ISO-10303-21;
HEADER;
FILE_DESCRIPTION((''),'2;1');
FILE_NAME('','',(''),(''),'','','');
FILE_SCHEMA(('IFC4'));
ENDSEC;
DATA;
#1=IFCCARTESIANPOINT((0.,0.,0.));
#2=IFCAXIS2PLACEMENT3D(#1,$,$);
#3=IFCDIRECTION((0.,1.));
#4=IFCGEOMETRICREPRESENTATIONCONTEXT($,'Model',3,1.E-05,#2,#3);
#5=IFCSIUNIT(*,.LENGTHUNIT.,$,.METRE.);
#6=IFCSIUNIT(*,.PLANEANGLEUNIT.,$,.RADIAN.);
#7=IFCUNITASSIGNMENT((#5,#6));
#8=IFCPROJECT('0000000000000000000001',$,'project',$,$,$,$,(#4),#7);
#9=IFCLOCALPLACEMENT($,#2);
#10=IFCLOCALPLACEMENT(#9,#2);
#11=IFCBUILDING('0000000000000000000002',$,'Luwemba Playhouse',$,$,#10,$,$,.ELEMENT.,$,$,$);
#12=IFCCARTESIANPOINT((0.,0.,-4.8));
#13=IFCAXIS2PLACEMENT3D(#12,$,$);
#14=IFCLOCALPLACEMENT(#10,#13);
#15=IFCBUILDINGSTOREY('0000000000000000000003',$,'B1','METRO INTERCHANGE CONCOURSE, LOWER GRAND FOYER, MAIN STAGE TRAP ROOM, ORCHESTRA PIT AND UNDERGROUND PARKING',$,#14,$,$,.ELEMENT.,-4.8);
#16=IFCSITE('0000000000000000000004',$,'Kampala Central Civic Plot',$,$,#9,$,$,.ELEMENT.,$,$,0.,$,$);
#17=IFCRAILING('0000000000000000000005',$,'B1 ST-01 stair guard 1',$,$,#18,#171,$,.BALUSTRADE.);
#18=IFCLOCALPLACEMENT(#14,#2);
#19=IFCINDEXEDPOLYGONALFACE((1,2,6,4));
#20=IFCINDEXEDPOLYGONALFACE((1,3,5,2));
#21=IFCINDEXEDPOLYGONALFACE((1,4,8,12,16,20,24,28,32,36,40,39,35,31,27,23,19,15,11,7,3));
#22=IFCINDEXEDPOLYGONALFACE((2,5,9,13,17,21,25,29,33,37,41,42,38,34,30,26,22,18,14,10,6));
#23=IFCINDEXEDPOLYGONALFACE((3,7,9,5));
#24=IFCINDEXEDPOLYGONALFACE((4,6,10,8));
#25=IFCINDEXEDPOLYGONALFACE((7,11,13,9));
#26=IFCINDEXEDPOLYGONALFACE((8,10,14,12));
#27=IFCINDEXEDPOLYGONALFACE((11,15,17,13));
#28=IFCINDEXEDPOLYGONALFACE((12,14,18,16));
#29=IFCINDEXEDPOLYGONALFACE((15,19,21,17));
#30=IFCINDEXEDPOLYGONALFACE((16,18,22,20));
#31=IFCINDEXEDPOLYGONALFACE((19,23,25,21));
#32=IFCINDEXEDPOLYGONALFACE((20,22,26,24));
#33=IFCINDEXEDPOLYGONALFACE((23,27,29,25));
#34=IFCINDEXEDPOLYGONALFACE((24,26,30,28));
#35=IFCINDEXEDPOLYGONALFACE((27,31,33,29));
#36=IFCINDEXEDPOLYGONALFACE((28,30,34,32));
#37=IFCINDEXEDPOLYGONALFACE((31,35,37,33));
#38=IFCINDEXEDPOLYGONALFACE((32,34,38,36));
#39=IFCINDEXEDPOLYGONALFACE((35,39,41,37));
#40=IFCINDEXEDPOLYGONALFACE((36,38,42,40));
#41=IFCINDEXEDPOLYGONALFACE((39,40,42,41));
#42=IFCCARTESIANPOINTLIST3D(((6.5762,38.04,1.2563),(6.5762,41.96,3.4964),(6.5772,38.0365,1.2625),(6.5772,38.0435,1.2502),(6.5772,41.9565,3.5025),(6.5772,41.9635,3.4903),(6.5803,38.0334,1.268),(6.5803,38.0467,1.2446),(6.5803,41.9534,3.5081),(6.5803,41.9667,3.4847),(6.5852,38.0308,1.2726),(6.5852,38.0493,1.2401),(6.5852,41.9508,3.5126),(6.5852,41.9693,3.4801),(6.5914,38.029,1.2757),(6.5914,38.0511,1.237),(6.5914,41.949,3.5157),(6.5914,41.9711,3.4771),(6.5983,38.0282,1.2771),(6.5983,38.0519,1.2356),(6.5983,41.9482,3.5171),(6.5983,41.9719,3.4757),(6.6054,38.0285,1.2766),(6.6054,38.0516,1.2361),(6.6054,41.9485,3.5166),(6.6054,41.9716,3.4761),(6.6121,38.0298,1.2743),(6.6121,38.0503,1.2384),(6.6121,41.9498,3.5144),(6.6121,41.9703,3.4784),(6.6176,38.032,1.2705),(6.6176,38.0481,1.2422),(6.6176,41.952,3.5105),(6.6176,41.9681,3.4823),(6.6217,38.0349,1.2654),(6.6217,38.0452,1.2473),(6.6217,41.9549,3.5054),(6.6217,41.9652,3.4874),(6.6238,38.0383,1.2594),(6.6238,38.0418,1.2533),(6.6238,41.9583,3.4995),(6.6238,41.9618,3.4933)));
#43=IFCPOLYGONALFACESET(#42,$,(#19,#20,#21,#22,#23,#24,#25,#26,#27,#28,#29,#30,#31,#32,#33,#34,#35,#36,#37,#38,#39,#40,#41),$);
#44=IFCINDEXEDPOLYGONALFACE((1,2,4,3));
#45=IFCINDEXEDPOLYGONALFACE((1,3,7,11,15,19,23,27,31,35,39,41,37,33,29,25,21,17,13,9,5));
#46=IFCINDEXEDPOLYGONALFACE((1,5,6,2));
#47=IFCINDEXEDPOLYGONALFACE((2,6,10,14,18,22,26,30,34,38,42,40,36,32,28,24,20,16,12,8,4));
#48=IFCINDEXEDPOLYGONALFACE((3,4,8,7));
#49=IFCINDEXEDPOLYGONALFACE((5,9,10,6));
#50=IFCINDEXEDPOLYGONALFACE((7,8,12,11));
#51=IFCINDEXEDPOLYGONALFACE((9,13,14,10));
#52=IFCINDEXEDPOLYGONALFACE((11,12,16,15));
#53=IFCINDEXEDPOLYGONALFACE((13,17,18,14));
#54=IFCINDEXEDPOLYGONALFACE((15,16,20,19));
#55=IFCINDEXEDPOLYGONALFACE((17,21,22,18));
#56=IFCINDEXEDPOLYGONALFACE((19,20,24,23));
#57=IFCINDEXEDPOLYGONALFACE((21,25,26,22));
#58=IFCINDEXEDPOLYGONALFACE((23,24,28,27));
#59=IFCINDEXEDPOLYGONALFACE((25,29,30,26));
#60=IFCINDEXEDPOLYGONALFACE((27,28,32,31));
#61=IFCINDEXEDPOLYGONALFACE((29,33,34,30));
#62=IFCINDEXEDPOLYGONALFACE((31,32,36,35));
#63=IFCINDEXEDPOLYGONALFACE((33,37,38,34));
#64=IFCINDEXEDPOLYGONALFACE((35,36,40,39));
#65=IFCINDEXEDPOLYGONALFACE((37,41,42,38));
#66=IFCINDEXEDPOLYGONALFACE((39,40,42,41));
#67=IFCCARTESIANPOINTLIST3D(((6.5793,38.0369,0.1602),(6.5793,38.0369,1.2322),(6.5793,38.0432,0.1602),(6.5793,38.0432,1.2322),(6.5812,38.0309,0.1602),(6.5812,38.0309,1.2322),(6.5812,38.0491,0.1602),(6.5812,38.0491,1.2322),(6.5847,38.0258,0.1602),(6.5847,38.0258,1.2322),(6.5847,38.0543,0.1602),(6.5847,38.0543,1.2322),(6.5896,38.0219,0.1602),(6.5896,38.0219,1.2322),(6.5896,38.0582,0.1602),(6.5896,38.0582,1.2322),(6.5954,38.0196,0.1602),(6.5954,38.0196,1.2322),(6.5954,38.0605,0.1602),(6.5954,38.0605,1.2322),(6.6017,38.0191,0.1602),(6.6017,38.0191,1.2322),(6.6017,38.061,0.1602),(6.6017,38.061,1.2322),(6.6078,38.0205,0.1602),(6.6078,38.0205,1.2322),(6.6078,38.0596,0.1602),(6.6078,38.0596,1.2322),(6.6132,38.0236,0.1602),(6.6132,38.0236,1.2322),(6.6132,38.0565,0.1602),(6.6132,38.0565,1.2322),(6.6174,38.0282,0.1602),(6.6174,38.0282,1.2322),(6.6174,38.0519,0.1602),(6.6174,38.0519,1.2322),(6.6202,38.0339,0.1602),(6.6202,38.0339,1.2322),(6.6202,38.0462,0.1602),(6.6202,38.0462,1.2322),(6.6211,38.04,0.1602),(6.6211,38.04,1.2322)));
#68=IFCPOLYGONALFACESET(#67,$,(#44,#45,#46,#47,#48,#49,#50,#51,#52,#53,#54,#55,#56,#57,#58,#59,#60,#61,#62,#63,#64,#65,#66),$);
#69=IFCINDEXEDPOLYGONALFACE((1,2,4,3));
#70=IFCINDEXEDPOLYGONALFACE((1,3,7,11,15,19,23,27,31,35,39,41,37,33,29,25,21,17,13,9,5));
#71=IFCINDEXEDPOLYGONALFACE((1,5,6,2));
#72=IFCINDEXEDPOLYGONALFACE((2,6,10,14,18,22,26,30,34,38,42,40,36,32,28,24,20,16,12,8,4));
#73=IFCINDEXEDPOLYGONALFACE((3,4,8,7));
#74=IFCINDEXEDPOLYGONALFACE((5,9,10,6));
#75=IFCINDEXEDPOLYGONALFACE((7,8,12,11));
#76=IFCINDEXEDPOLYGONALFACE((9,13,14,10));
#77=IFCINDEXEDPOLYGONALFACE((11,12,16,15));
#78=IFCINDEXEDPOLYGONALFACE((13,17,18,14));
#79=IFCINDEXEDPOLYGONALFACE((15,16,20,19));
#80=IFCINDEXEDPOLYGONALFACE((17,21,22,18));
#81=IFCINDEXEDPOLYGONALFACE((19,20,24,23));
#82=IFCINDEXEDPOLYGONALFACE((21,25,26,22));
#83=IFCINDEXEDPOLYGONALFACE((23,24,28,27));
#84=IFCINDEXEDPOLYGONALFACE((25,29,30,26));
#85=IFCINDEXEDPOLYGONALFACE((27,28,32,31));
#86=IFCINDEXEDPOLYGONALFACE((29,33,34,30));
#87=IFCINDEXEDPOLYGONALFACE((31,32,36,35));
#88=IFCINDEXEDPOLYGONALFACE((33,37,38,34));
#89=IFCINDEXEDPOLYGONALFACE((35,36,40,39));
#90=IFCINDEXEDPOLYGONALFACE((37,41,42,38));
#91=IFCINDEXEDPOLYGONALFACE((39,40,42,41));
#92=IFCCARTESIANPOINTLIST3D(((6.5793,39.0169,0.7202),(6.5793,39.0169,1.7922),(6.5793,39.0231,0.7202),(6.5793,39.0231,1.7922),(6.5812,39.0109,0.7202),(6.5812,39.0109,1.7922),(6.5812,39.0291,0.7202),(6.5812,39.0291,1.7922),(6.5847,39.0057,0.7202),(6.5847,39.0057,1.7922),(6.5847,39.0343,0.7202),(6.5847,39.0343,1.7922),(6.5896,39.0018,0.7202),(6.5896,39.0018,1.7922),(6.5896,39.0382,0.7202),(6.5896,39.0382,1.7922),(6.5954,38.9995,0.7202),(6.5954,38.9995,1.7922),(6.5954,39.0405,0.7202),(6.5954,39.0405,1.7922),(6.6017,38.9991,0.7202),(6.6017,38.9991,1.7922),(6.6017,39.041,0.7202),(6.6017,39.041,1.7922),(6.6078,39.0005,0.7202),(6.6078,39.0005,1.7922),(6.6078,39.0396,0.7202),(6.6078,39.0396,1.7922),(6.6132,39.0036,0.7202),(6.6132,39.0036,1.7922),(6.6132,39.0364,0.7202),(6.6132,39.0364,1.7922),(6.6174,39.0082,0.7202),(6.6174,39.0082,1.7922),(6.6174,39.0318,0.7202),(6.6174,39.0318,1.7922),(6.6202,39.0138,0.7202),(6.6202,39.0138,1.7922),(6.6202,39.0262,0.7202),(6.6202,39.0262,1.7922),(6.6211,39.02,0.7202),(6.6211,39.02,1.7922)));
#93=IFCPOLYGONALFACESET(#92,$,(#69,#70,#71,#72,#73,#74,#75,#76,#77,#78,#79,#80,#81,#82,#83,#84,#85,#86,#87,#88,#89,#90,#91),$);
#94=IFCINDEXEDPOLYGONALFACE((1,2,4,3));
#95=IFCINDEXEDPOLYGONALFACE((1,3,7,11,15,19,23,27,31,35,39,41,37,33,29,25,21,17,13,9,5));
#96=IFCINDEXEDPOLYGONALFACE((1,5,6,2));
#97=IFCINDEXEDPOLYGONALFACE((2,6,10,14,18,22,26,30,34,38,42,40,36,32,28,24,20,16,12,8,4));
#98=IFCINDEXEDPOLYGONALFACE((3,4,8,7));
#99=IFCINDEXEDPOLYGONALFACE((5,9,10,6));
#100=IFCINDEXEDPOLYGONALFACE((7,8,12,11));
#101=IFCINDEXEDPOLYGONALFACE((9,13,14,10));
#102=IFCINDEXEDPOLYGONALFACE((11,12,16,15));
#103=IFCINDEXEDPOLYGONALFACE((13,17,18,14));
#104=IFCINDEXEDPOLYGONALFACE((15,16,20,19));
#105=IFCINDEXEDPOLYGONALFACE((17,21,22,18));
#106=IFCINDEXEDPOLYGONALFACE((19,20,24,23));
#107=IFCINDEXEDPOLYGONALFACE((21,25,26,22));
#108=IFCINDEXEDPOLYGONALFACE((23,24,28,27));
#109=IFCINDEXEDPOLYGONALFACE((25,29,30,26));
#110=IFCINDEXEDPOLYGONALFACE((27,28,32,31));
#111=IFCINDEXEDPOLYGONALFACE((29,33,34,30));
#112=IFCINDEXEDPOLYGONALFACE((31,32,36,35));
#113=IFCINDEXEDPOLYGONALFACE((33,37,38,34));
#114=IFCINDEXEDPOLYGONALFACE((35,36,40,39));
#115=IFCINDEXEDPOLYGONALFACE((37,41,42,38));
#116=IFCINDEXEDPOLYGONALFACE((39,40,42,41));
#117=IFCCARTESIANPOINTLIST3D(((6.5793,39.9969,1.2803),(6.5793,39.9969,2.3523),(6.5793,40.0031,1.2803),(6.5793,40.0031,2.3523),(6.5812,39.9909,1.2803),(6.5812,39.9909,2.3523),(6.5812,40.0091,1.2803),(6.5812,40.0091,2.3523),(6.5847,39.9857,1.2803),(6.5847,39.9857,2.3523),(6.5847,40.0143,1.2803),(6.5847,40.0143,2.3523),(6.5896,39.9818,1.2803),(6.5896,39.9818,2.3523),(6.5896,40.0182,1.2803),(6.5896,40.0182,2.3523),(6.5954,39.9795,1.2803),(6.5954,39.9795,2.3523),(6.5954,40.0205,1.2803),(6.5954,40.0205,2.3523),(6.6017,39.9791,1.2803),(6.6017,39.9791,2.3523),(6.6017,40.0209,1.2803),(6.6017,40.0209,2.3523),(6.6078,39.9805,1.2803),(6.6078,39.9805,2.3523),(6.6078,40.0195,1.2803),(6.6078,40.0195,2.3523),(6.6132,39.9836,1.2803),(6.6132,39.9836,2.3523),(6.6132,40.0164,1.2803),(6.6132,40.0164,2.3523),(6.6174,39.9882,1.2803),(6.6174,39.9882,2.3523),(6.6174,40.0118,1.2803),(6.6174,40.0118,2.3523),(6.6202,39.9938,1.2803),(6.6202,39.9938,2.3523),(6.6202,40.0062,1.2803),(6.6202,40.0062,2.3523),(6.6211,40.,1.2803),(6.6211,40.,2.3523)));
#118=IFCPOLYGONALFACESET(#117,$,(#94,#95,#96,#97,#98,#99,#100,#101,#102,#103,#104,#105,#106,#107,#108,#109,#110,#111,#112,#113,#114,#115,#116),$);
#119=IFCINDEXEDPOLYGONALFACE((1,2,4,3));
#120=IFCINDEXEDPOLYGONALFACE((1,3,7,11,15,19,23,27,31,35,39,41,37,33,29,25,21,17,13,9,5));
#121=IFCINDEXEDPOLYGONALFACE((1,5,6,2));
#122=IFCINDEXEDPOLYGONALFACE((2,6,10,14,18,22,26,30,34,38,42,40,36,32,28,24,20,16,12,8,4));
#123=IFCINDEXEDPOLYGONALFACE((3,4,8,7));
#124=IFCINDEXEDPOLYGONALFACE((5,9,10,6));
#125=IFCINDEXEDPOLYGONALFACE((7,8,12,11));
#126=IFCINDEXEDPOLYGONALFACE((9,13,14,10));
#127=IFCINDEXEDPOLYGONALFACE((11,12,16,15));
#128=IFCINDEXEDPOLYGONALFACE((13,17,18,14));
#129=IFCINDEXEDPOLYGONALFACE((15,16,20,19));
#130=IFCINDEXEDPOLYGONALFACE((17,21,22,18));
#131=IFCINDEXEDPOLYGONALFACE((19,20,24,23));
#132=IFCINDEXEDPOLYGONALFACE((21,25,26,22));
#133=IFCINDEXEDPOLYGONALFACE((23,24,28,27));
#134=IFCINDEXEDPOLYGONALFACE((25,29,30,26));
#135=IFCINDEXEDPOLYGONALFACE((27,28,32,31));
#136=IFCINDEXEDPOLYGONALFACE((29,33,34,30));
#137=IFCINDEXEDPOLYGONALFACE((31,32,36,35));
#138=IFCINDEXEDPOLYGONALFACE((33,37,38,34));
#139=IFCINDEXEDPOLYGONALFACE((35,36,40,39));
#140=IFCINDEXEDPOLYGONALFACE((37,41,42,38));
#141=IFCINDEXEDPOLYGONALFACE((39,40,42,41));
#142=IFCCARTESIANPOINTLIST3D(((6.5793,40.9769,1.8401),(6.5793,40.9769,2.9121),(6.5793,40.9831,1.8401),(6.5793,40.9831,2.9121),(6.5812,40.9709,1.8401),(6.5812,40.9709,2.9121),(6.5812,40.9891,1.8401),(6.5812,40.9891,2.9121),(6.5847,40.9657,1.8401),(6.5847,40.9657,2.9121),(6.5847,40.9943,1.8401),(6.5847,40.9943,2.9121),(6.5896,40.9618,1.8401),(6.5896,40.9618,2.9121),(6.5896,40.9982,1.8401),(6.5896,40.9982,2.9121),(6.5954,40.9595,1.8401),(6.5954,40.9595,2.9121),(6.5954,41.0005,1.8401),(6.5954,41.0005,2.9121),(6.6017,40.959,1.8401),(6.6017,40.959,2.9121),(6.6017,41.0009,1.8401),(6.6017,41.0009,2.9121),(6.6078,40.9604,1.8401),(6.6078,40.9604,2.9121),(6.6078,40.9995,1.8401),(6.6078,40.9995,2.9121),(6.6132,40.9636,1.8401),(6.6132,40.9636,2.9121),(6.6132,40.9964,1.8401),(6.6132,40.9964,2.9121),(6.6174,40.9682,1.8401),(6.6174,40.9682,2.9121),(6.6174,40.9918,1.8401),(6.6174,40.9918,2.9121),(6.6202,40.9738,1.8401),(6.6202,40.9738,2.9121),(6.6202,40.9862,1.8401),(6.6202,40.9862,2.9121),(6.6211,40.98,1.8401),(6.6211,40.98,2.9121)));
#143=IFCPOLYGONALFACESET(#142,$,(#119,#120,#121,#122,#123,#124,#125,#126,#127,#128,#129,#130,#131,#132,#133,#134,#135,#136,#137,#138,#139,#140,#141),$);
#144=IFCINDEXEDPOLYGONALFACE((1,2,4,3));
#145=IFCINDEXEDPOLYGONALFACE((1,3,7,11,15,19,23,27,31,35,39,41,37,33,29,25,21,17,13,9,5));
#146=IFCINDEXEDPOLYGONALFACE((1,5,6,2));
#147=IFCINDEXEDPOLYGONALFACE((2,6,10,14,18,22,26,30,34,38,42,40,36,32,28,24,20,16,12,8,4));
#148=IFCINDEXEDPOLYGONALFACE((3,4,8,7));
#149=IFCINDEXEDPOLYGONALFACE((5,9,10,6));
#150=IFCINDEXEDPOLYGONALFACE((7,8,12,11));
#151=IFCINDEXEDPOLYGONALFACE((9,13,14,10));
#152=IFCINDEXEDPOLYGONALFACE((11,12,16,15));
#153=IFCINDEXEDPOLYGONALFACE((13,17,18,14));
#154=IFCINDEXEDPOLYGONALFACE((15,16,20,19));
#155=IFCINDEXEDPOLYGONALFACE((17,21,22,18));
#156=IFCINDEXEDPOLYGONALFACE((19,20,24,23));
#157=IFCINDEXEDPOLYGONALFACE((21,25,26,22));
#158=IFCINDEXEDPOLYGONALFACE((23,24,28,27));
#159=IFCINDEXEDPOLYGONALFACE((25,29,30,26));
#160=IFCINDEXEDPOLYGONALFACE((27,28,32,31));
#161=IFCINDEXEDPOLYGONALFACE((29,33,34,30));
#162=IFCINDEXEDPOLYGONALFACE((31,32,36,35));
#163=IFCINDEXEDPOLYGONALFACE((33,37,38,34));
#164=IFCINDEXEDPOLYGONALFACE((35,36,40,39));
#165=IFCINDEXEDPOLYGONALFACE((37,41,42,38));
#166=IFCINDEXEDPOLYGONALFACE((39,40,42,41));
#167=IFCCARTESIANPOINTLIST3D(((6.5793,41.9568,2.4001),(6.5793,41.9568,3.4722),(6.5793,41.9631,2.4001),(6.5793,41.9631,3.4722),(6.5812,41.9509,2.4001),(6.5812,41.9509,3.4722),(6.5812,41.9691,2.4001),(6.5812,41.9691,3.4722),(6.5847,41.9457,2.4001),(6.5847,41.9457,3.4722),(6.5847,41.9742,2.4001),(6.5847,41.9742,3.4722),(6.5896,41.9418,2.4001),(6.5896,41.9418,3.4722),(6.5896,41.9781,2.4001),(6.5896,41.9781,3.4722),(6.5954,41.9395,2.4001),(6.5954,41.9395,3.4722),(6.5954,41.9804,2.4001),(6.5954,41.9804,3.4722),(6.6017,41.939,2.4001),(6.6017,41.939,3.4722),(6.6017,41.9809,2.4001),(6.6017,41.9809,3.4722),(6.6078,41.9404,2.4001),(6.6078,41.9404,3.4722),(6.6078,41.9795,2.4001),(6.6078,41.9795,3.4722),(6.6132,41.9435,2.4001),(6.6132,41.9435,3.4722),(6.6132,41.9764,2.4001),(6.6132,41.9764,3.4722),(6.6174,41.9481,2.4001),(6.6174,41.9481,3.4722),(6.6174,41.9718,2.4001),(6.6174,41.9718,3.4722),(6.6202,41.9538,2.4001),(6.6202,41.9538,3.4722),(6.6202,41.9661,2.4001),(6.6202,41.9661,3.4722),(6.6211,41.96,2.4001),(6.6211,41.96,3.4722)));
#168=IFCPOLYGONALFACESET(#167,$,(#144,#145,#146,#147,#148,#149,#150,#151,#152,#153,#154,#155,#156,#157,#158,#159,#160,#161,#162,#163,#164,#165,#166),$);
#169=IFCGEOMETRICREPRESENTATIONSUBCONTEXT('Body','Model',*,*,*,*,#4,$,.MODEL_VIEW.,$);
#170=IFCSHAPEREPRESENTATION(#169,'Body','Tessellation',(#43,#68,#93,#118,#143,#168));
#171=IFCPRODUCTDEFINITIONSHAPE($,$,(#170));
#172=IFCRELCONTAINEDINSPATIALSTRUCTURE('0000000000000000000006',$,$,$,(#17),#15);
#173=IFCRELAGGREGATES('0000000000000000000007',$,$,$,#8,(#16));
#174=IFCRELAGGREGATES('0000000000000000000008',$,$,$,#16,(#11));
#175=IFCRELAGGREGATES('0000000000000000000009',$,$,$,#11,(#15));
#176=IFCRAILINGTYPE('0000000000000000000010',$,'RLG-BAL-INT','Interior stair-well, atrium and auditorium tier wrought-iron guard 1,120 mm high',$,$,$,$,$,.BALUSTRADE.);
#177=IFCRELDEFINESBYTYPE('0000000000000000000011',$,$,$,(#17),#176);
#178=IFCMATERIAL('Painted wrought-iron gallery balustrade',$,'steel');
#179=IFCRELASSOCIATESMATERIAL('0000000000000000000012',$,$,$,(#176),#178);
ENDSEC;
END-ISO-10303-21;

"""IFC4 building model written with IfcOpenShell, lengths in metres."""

from ifc_helpers import new_model, si_unit, direction, frame, origin, origin_2d, place, context, subcontext, project, spatial, circle, extrude, material, type_object, element, save


model = new_model("IFC4")

# Units and contexts
model_context = context("Model", 3, precision=1e-05, world=origin(), true_north=direction((0.0, 1.0)))
body_context = subcontext(model_context, "Body", "Model", "MODEL_VIEW")
ifc_project = project(units=[si_unit("LENGTHUNIT", "METRE"), si_unit("PLANEANGLEUNIT", "RADIAN")], contexts=[model_context])

# Site, building, storey
site_placement = place(None, origin())
site = spatial("IfcSite", under=ifc_project, at=site_placement, Name="Kampala Central Civic Plot", CompositionType="ELEMENT", RefElevation=0.0)
building_placement = place(site_placement, origin())
building = spatial("IfcBuilding", under=site, at=building_placement, Name="Luwemba Playhouse", CompositionType="ELEMENT")
storey_placement = place(building_placement, frame((0.0, 0.0, -4.8)))
storey = spatial("IfcBuildingStorey", under=building, at=storey_placement, Name="B1", Description="METRO INTERCHANGE CONCOURSE, LOWER GRAND FOYER, MAIN STAGE TRAP ROOM, ORCHESTRA PIT AND UNDERGROUND PARKING", CompositionType="ELEMENT", Elevation=-4.8)

# Railing
ifc_material_1 = material(Name="Painted wrought-iron gallery balustrade", Category="steel")
railing_type_1 = type_object("IfcRailingType", Name="RLG-BAL-INT", Description="Interior stair-well, atrium and auditorium tier wrought-iron guard 1,120 mm high", PredefinedType="BALUSTRADE", material=ifc_material_1)
railing_1_placement = place(storey_placement, frame((6.6001, 38.04, 0.1602)))
element("IfcRailing", 1, at=railing_1_placement, inside=storey, type_object=railing_type_1, Name="B1 ST-01 stair guard 1", PredefinedType="BALUSTRADE", context=body_context, shape_type="SweptSolid", body=[
    extrude(circle(Radius=0.0239, at=origin_2d()), frame((0.0, 0.0, 1.0962), z_axis=(0.0, 0.86824, 0.496145), x_axis=(-1.0, 0.0, 0.0)), (0.0, 0.0, 1.0), 4.5149),
    extrude(circle(Radius=0.021, at=origin_2d()), origin(), (0.0, 0.0, 1.0), 1.072),
    extrude(circle(Radius=0.021, at=origin_2d()), frame((0.0, 0.98, 0.5601)), (0.0, 0.0, 1.0), 1.072),
    extrude(circle(Radius=0.021, at=origin_2d()), frame((0.0, 1.96, 1.1201)), (0.0, 0.0, 1.0), 1.072),
    extrude(circle(Radius=0.021, at=origin_2d()), frame((0.0, 2.9399, 1.6799)), (0.0, 0.0, 1.0), 1.072),
    extrude(circle(Radius=0.021, at=origin_2d()), frame((0.0, 3.9199, 2.24)), (0.0, 0.0, 1.0), 1.072),
])

save(model, "model.ifc")
